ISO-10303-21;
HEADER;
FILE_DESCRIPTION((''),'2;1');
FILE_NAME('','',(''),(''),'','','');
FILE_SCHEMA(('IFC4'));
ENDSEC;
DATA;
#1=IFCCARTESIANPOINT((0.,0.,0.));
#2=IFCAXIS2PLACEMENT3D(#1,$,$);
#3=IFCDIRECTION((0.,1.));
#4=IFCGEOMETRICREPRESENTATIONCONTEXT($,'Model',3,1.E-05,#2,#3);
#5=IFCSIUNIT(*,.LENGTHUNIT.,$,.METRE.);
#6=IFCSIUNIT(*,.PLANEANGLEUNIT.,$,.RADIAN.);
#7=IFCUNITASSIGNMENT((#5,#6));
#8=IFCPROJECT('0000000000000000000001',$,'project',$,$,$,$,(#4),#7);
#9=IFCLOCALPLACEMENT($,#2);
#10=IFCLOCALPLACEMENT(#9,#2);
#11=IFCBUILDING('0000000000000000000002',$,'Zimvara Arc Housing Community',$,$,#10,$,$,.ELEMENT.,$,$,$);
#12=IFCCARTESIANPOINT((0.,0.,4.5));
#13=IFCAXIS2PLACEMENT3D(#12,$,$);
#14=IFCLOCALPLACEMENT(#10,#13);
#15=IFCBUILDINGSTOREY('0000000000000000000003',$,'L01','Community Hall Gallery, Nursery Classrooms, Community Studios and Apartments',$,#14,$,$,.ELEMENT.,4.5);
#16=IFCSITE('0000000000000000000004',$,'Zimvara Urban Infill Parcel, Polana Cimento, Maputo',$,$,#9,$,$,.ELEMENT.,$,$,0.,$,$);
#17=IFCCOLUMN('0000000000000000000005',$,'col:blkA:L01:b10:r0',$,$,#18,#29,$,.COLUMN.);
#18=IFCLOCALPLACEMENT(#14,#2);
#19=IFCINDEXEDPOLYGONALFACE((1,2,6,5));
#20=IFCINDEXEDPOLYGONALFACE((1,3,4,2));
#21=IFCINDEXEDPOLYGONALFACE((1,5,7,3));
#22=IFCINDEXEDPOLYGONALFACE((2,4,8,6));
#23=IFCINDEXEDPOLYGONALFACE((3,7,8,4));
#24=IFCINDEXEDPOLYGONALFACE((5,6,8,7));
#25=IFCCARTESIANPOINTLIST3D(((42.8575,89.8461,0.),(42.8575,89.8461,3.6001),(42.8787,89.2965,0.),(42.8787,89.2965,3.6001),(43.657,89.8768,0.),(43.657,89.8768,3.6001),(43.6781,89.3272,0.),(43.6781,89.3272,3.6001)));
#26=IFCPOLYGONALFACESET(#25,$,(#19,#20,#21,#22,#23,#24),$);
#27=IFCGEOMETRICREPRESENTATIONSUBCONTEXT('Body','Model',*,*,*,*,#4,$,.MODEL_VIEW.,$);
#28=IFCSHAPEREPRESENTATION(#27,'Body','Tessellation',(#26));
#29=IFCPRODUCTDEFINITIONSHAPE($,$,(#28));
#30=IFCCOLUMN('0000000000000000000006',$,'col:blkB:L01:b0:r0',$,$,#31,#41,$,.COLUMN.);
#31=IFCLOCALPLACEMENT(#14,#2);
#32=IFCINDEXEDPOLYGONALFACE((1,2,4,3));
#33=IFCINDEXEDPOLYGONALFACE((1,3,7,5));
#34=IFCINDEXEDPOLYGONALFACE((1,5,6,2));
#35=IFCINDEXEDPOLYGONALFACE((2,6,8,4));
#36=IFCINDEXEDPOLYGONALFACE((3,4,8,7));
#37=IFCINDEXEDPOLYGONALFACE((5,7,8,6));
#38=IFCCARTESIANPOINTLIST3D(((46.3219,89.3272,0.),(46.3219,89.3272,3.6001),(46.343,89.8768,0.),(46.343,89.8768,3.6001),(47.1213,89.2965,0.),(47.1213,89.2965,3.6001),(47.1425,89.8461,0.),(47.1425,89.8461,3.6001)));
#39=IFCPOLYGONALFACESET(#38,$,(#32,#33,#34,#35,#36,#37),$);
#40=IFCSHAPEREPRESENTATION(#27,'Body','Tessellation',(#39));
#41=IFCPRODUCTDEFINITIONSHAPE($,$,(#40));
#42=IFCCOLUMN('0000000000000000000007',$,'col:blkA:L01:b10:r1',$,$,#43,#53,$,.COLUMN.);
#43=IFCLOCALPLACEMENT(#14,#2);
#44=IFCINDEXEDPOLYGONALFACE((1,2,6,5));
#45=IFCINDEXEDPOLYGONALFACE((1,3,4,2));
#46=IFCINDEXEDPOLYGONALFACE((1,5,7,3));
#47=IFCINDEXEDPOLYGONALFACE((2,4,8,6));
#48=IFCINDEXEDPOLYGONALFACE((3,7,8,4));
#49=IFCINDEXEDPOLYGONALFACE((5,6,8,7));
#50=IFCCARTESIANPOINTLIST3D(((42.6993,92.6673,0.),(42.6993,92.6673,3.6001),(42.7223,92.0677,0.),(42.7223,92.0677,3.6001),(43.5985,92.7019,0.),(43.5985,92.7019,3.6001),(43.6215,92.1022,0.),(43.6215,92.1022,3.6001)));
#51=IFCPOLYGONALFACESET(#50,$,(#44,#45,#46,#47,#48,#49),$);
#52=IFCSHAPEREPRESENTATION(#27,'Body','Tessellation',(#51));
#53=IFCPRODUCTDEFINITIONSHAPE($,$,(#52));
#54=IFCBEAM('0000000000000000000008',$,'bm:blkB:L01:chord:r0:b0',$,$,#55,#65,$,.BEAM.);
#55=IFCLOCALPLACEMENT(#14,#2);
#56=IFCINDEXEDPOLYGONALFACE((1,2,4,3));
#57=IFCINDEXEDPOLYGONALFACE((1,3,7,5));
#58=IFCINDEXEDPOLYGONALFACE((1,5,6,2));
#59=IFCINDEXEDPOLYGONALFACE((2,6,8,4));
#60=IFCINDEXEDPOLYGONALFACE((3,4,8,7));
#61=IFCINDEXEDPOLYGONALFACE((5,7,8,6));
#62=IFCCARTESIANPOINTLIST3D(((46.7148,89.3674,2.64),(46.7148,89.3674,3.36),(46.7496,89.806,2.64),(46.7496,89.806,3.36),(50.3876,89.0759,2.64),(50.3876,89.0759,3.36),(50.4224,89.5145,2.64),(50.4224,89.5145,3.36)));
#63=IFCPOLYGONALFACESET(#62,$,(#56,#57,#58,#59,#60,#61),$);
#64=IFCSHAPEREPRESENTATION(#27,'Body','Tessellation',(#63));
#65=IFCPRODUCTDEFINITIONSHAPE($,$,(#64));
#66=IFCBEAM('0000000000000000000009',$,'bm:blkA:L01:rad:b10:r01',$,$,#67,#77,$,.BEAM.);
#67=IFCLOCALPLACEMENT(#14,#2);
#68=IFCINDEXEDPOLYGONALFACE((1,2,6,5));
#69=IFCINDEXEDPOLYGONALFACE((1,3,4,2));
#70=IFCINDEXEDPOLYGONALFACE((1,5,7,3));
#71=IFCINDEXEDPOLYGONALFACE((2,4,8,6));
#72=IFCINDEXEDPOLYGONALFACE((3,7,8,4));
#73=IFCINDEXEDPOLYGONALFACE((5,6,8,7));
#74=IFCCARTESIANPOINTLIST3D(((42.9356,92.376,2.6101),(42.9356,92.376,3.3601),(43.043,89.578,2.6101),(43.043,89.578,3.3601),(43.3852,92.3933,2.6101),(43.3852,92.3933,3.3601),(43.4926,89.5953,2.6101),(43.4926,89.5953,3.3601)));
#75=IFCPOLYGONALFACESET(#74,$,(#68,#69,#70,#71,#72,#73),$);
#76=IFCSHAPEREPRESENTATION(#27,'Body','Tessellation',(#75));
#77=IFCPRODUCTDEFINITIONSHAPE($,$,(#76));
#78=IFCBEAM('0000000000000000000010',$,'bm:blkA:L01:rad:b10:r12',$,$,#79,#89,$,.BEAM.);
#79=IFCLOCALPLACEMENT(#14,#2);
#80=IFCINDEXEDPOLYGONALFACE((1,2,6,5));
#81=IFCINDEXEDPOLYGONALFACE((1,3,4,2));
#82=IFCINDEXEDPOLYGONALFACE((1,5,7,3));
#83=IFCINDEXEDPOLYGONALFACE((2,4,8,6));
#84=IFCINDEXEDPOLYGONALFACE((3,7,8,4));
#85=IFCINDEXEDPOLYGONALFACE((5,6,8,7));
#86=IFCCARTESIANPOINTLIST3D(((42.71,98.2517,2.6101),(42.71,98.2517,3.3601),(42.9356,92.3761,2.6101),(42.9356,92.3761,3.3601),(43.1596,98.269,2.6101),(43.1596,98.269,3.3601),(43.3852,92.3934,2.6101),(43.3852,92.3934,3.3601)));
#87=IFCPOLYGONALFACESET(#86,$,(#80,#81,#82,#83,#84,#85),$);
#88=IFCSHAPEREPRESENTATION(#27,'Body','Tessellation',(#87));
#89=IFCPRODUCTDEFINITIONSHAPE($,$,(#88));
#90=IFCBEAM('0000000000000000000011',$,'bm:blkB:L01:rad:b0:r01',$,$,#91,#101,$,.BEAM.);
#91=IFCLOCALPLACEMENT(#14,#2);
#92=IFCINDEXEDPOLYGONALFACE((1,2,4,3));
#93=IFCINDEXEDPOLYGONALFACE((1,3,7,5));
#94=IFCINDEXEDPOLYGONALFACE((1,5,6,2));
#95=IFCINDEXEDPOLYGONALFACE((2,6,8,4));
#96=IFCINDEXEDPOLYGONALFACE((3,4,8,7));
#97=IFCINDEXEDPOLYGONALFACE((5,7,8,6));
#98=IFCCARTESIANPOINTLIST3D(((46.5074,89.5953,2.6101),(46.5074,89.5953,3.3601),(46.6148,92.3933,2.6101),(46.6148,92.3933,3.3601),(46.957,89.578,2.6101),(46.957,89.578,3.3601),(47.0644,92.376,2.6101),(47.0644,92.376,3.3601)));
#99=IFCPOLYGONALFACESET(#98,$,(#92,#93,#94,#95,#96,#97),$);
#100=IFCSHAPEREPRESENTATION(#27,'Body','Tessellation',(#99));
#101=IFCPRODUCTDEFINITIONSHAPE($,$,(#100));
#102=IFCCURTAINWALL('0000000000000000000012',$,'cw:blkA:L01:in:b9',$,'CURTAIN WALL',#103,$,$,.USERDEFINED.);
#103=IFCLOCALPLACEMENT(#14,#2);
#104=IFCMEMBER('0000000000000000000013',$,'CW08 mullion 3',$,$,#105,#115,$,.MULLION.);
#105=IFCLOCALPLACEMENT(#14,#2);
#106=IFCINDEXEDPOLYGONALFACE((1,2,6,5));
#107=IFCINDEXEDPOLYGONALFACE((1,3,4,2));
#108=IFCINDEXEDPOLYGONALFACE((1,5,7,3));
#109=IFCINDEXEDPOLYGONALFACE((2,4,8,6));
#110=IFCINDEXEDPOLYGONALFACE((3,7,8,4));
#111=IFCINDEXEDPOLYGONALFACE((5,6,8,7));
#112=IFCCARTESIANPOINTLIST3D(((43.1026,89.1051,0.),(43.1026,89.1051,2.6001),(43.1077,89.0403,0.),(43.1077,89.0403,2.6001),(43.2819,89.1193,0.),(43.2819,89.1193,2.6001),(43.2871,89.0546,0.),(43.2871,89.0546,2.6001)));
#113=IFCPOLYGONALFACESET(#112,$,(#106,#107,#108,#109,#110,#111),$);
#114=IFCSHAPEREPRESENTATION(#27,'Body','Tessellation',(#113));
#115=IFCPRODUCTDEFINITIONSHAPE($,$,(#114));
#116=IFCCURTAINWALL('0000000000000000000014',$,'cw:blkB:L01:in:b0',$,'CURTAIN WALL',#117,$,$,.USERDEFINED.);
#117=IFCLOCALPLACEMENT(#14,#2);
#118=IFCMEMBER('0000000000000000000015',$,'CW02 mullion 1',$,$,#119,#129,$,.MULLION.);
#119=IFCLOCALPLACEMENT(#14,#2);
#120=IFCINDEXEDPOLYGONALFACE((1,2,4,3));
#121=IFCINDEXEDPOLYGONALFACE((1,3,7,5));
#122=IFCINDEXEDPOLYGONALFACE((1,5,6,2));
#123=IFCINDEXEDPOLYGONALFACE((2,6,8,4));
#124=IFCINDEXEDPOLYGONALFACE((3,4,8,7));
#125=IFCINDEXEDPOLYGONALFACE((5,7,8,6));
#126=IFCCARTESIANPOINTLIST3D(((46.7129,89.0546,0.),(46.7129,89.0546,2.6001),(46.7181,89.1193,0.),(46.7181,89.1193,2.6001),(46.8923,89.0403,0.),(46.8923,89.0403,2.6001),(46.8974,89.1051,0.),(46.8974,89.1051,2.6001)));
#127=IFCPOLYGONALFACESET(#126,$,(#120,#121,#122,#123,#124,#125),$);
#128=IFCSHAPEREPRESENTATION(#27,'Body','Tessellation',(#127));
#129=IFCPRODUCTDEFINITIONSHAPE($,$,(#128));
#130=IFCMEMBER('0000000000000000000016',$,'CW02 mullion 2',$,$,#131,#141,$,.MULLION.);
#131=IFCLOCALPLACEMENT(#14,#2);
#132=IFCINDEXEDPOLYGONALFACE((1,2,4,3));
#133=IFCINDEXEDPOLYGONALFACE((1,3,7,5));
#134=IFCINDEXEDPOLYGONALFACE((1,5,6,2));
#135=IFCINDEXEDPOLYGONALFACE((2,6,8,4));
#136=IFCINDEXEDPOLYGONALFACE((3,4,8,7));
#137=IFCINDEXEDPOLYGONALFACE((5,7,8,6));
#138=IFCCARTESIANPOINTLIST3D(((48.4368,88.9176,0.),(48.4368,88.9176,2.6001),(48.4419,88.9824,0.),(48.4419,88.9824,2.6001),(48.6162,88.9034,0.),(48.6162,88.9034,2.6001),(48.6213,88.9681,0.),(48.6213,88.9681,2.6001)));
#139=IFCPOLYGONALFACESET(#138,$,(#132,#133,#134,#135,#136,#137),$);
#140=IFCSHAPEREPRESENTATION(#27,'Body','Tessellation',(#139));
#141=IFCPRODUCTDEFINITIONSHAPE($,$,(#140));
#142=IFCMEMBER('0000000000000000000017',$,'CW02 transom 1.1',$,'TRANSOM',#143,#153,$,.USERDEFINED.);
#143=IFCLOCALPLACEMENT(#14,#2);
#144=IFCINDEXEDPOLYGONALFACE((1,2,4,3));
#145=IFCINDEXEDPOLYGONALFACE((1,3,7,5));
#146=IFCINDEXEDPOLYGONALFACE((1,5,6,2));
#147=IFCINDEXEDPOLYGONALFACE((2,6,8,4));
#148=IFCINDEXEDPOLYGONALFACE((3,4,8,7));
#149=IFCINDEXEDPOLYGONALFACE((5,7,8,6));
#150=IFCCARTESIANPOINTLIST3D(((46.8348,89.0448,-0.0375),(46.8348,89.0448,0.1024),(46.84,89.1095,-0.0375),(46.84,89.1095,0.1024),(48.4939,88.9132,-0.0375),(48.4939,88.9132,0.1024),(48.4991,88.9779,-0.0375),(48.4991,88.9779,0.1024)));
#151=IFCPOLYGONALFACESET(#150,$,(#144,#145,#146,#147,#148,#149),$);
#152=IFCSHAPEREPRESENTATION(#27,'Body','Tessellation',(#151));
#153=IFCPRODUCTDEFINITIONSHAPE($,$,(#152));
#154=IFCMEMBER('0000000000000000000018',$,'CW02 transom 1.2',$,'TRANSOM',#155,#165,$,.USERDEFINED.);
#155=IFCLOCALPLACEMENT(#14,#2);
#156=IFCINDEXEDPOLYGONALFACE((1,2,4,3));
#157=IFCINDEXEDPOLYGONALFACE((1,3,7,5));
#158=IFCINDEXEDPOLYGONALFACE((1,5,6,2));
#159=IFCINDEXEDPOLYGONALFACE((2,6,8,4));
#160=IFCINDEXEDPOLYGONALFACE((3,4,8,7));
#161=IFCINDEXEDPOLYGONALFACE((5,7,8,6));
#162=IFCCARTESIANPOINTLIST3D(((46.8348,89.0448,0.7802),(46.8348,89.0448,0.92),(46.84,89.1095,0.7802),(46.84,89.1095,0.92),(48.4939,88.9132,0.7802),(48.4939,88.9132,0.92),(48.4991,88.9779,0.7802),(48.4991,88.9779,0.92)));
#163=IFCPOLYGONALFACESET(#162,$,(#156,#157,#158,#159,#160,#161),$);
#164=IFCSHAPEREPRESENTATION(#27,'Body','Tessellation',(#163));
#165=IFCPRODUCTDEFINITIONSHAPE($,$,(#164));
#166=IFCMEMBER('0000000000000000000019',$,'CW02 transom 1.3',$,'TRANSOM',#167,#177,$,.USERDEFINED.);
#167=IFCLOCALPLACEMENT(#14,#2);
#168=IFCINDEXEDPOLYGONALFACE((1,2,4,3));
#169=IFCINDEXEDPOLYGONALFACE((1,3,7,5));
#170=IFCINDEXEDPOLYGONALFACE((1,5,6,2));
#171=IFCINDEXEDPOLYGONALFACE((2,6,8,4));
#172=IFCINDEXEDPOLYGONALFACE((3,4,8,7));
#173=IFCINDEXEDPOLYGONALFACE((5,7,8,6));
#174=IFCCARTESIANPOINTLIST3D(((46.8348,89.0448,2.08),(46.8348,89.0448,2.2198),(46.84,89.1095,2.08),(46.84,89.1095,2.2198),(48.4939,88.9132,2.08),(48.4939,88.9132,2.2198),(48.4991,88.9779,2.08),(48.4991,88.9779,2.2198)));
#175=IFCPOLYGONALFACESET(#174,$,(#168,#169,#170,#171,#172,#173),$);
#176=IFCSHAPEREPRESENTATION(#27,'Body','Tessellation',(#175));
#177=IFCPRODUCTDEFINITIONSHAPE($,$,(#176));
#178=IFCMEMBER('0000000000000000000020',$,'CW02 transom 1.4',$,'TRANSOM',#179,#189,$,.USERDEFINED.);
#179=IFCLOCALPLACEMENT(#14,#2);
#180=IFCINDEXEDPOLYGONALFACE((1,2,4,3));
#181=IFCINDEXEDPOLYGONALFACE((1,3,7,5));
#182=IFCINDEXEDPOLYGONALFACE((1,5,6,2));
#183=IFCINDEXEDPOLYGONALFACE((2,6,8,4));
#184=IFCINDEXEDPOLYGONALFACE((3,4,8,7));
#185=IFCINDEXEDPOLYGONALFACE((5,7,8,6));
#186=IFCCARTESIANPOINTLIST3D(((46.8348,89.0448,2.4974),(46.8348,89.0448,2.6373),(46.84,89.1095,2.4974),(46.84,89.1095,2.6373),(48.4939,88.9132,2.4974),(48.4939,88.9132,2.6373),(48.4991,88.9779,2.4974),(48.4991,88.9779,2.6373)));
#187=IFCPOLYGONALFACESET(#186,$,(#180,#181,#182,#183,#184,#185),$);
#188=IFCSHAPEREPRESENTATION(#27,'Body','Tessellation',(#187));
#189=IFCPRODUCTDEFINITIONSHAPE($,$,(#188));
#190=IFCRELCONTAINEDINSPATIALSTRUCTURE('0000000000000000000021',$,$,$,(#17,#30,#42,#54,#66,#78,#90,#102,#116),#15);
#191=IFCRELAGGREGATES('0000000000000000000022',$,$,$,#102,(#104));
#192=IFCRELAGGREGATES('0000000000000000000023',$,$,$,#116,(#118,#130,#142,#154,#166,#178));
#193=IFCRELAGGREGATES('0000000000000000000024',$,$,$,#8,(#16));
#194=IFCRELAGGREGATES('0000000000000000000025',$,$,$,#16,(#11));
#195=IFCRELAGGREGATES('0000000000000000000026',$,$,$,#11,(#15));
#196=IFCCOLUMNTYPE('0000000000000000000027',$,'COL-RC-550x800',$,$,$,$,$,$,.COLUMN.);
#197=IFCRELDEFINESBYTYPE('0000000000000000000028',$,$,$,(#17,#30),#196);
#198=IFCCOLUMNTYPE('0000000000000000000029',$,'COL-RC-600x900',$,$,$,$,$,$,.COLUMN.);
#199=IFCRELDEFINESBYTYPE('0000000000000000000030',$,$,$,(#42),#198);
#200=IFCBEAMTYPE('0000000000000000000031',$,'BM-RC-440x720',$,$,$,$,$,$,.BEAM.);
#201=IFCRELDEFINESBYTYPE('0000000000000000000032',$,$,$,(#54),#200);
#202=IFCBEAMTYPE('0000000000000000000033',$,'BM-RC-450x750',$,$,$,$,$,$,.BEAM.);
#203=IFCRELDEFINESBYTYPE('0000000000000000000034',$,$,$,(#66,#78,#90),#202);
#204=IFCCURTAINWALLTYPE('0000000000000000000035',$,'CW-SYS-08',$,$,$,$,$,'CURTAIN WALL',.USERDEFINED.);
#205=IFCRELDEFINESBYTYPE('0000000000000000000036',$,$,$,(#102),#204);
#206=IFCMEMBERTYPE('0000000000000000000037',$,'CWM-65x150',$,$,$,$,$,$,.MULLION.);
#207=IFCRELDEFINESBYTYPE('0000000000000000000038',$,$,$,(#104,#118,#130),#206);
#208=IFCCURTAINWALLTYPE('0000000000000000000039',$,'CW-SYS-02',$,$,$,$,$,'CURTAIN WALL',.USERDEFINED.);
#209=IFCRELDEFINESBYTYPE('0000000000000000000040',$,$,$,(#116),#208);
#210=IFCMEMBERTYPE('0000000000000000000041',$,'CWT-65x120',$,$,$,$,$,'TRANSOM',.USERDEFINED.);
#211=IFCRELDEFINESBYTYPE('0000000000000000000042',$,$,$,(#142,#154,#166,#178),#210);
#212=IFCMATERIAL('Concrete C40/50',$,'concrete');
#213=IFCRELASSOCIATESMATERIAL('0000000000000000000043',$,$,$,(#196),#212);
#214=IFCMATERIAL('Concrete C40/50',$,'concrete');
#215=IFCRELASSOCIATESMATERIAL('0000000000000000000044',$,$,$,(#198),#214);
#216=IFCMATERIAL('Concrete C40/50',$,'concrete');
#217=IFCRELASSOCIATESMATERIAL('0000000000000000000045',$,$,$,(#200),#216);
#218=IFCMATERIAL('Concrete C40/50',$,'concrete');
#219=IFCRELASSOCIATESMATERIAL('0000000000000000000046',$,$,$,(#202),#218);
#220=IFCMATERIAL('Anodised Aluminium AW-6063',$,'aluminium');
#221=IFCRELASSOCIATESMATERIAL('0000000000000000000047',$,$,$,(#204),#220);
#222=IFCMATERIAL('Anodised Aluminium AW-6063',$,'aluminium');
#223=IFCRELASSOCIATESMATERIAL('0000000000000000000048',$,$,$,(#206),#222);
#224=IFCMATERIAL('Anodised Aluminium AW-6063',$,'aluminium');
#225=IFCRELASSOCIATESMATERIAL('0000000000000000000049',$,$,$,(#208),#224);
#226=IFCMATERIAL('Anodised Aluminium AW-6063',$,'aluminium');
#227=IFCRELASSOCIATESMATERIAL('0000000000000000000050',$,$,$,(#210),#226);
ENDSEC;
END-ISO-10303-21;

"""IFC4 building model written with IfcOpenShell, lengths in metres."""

from ifc_helpers import new_model, si_unit, direction, frame, origin, origin_2d, place, context, subcontext, project, spatial, rectangle, extrude, material, material_profile, profile_set, type_object, element, aggregate, save


model = new_model("IFC4")

# Units and contexts
model_context = context("Model", 3, precision=1e-05, world=origin(), true_north=direction((0.0, 1.0)))
body_context = subcontext(model_context, "Body", "Model", "MODEL_VIEW")
ifc_project = project(units=[si_unit("LENGTHUNIT", "METRE"), si_unit("PLANEANGLEUNIT", "RADIAN")], contexts=[model_context])

# Site, building, storey
site_placement = place(None, origin())
site = spatial("IfcSite", under=ifc_project, at=site_placement, Name="Zimvara Urban Infill Parcel, Polana Cimento, Maputo", CompositionType="ELEMENT", RefElevation=0.0)
building_placement = place(site_placement, origin())
building = spatial("IfcBuilding", under=site, at=building_placement, Name="Zimvara Arc Housing Community", CompositionType="ELEMENT")
storey_placement = place(building_placement, frame((0.0, 0.0, 4.5)))
storey = spatial("IfcBuildingStorey", under=building, at=storey_placement, Name="L01", Description="Community Hall Gallery, Nursery Classrooms, Community Studios and Apartments", CompositionType="ELEMENT", Elevation=4.5)

# Columns
ifc_material_1 = material(Name="Concrete C40/50", Category="concrete")
ifc_material_profile_1 = material_profile(ifc_material_1, rectangle(XDim=0.55, YDim=0.8, at=origin_2d()), Name="RC 550x800")
ifc_profile_set_1 = profile_set([ifc_material_profile_1], Name="Concrete C40/50")
column_type_1 = type_object("IfcColumnType", Name="COL-RC-550x800", PredefinedType="COLUMN", material=ifc_profile_set_1)
for number, where, z_axis, x_axis, name in (
    (1, (43.2678, 89.5867, 0.0), (0.0, 0.0, 1.0), (-0.038388, 0.999263, 0.0), "col:blkA:L01:b10:r0"),
    (2, (46.7322, 89.5867, 0.0), (0.0, 0.0, 1.0), (0.038388, 0.999263, 0.0), "col:blkB:L01:b0:r0"),
):
    element("IfcColumn", number, at=place(storey_placement, frame(where, z_axis=z_axis, x_axis=x_axis)), inside=storey, type_object=column_type_1, Name=name, PredefinedType="COLUMN", context=body_context, shape_type="SweptSolid", body=[
        extrude(rectangle(XDim=0.55, YDim=0.8, at=origin_2d()), origin(), (0.0, 0.0, 1.0), 3.6001),
    ])
ifc_material_2 = material(Name="Concrete C40/50", Category="concrete")
ifc_material_profile_2 = material_profile(ifc_material_2, rectangle(XDim=0.6001, YDim=0.8999, at=origin_2d()), Name="RC 600x900")
ifc_profile_set_2 = profile_set([ifc_material_profile_2], Name="Concrete C40/50")
column_type_2 = type_object("IfcColumnType", Name="COL-RC-600x900", PredefinedType="COLUMN", material=ifc_profile_set_2)
column_placement = place(storey_placement, frame((43.1604, 92.3848, 0.0), z_axis=(0.0, 0.0, 1.0), x_axis=(-0.038388, 0.999263, 0.0)))
element("IfcColumn", 3, at=column_placement, inside=storey, type_object=column_type_2, Name="col:blkA:L01:b10:r1", PredefinedType="COLUMN", context=body_context, shape_type="SweptSolid", body=[
    extrude(rectangle(XDim=0.6001, YDim=0.8999, at=origin_2d()), origin(), (0.0, 0.0, 1.0), 3.6001),
])

# Beams
ifc_material_3 = material(Name="Concrete C40/50", Category="concrete")
ifc_material_profile_3 = material_profile(ifc_material_3, rectangle(XDim=0.4399, YDim=0.72, at=origin_2d()), Name="RC 440x720")
ifc_profile_set_3 = profile_set([ifc_material_profile_3], Name="Concrete C40/50")
beam_type_1 = type_object("IfcBeamType", Name="BM-RC-440x720", PredefinedType="BEAM", material=ifc_profile_set_3)
beam_1_placement = place(storey_placement, frame((46.7322, 89.5867, 3.0), z_axis=(0.996865, -0.079118, 0.0), x_axis=(0.079118, 0.996865, 0.0)))
element("IfcBeam", 4, at=beam_1_placement, inside=storey, type_object=beam_type_1, Name="bm:blkB:L01:chord:r0:b0", PredefinedType="BEAM", context=body_context, shape_type="SweptSolid", body=[
    extrude(rectangle(XDim=0.4399, YDim=0.72, at=origin_2d()), origin(), (0.0, 0.0, 1.0), 3.6843),
])
ifc_material_4 = material(Name="Concrete C40/50", Category="concrete")
ifc_material_profile_4 = material_profile(ifc_material_4, rectangle(XDim=0.45, YDim=0.75, at=origin_2d()), Name="RC 450x750")
ifc_profile_set_4 = profile_set([ifc_material_profile_4], Name="Concrete C40/50")
beam_type_2 = type_object("IfcBeamType", Name="BM-RC-450x750", PredefinedType="BEAM", material=ifc_profile_set_4)
beam_2_placement = place(storey_placement, frame((43.2678, 89.5867, 2.9851), z_axis=(-0.038363, 0.999264, 0.0), x_axis=(-0.999264, -0.038363, 0.0)))
element("IfcBeam", 5, at=beam_2_placement, inside=storey, type_object=beam_type_2, Name="bm:blkA:L01:rad:b10:r01", PredefinedType="BEAM", context=body_context, shape_type="SweptSolid", body=[
    extrude(rectangle(XDim=0.45, YDim=0.75, at=origin_2d()), origin(), (0.0, 0.0, 1.0), 2.8),
])
beam_3_placement = place(storey_placement, frame((43.1604, 92.3848, 2.9851), z_axis=(-0.038366, 0.999264, 0.0), x_axis=(-0.999264, -0.038366, 0.0)))
element("IfcBeam", 6, at=beam_3_placement, inside=storey, type_object=beam_type_2, Name="bm:blkA:L01:rad:b10:r12", PredefinedType="BEAM", context=body_context, shape_type="SweptSolid", body=[
    extrude(rectangle(XDim=0.45, YDim=0.75, at=origin_2d()), origin(), (0.0, 0.0, 1.0), 5.8799),
])
beam_4_placement = place(storey_placement, frame((46.7322, 89.5867, 2.9851), z_axis=(0.038363, 0.999264, 0.0), x_axis=(-0.999264, 0.038363, 0.0)))
element("IfcBeam", 7, at=beam_4_placement, inside=storey, type_object=beam_type_2, Name="bm:blkB:L01:rad:b0:r01", PredefinedType="BEAM", context=body_context, shape_type="SweptSolid", body=[
    extrude(rectangle(XDim=0.45, YDim=0.75, at=origin_2d()), origin(), (0.0, 0.0, 1.0), 2.8),
])

# Curtain wall, member
ifc_material_5 = material(Name="Anodised Aluminium AW-6063", Category="aluminium")
curtain_wall_type_1 = type_object("IfcCurtainWallType", Name="CW-SYS-08", ElementType="CURTAIN WALL", PredefinedType="USERDEFINED", material=ifc_material_5)
curtain_wall_1_placement = place(storey_placement, origin())
curtain_wall_1 = element("IfcCurtainWall", 8, at=curtain_wall_1_placement, inside=storey, type_object=curtain_wall_type_1, Name="cw:blkA:L01:in:b9", ObjectType="CURTAIN WALL", PredefinedType="USERDEFINED")
ifc_material_6 = material(Name="Anodised Aluminium AW-6063", Category="aluminium")
ifc_material_profile_5 = material_profile(ifc_material_6, rectangle(XDim=0.0649, YDim=0.1799, at=origin_2d()), Name="ALU 65x180")
ifc_profile_set_5 = profile_set([ifc_material_profile_5], Name="Anodised Aluminium AW-6063")
member_type_1 = type_object("IfcMemberType", Name="CWM-65x150", PredefinedType="MULLION", material=ifc_profile_set_5)
member_1_placement = place(storey_placement, frame((43.1948, 89.0798, 0.0), z_axis=(0.0, 0.0, 1.0), x_axis=(-0.079155, 0.996862, 0.0)))
member_1 = element("IfcMember", 9, at=member_1_placement, type_object=member_type_1, Name="CW08 mullion 3", PredefinedType="MULLION", context=body_context, shape_type="SweptSolid", body=[
    extrude(rectangle(XDim=0.0649, YDim=0.1799, at=origin_2d()), origin(), (0.0, 0.0, 1.0), 2.6001),
])
aggregate(curtain_wall_1, [member_1])

# Curtain wall, members
ifc_material_7 = material(Name="Anodised Aluminium AW-6063", Category="aluminium")
curtain_wall_type_2 = type_object("IfcCurtainWallType", Name="CW-SYS-02", ElementType="CURTAIN WALL", PredefinedType="USERDEFINED", material=ifc_material_7)
curtain_wall_2_placement = place(storey_placement, origin())
curtain_wall_2 = element("IfcCurtainWall", 10, at=curtain_wall_2_placement, inside=storey, type_object=curtain_wall_type_2, Name="cw:blkB:L01:in:b0", ObjectType="CURTAIN WALL", PredefinedType="USERDEFINED")
member_2_placement = place(storey_placement, frame((46.8052, 89.0798, 0.0), z_axis=(0.0, 0.0, 1.0), x_axis=(0.079155, 0.996862, 0.0)))
member_2 = element("IfcMember", 11, at=member_2_placement, type_object=member_type_1, Name="CW02 mullion 1", PredefinedType="MULLION", context=body_context, shape_type="SweptSolid", body=[
    extrude(rectangle(XDim=0.0649, YDim=0.1799, at=origin_2d()), origin(), (0.0, 0.0, 1.0), 2.6001),
])
member_3_placement = place(storey_placement, frame((48.5291, 88.9429, 0.0), z_axis=(0.0, 0.0, 1.0), x_axis=(0.079155, 0.996862, 0.0)))
member_3 = element("IfcMember", 12, at=member_3_placement, type_object=member_type_1, Name="CW02 mullion 2", PredefinedType="MULLION", context=body_context, shape_type="SweptSolid", body=[
    extrude(rectangle(XDim=0.0649, YDim=0.1799, at=origin_2d()), origin(), (0.0, 0.0, 1.0), 2.6001),
])
ifc_material_8 = material(Name="Anodised Aluminium AW-6063", Category="aluminium")
ifc_material_profile_6 = material_profile(ifc_material_8, rectangle(XDim=0.0649, YDim=0.1399, at=origin_2d()), Name="ALU 65x140")
ifc_profile_set_6 = profile_set([ifc_material_profile_6], Name="Anodised Aluminium AW-6063")
member_type_2 = type_object("IfcMemberType", Name="CWT-65x120", ElementType="TRANSOM", PredefinedType="USERDEFINED", material=ifc_profile_set_6)
member_4_placement = place(storey_placement, frame((46.8374, 89.0771, 0.0325), z_axis=(0.99687, -0.079063, 0.0), x_axis=(0.079063, 0.99687, 0.0)))
member_4 = element("IfcMember", 13, at=member_4_placement, type_object=member_type_2, Name="CW02 transom 1.1", ObjectType="TRANSOM", PredefinedType="USERDEFINED", context=body_context, shape_type="SweptSolid", body=[
    extrude(rectangle(XDim=0.0649, YDim=0.1399, at=origin_2d()), origin(), (0.0, 0.0, 1.0), 1.6643),
])
member_5_placement = place(storey_placement, frame((46.8374, 89.0771, 0.8501), z_axis=(0.99687, -0.079063, 0.0), x_axis=(0.079063, 0.99687, 0.0)))
member_5 = element("IfcMember", 14, at=member_5_placement, type_object=member_type_2, Name="CW02 transom 1.2", ObjectType="TRANSOM", PredefinedType="USERDEFINED", context=body_context, shape_type="SweptSolid", body=[
    extrude(rectangle(XDim=0.0649, YDim=0.1399, at=origin_2d()), origin(), (0.0, 0.0, 1.0), 1.6643),
])
member_6_placement = place(storey_placement, frame((46.8374, 89.0771, 2.1499), z_axis=(0.99687, -0.079063, 0.0), x_axis=(0.079063, 0.99687, 0.0)))
member_6 = element("IfcMember", 15, at=member_6_placement, type_object=member_type_2, Name="CW02 transom 1.3", ObjectType="TRANSOM", PredefinedType="USERDEFINED", context=body_context, shape_type="SweptSolid", body=[
    extrude(rectangle(XDim=0.0649, YDim=0.1399, at=origin_2d()), origin(), (0.0, 0.0, 1.0), 1.6643),
])
member_7_placement = place(storey_placement, frame((46.8374, 89.0771, 2.5674), z_axis=(0.99687, -0.079063, 0.0), x_axis=(0.079063, 0.99687, 0.0)))
member_7 = element("IfcMember", 16, at=member_7_placement, type_object=member_type_2, Name="CW02 transom 1.4", ObjectType="TRANSOM", PredefinedType="USERDEFINED", context=body_context, shape_type="SweptSolid", body=[
    extrude(rectangle(XDim=0.0649, YDim=0.1399, at=origin_2d()), origin(), (0.0, 0.0, 1.0), 1.6643),
])
aggregate(curtain_wall_2, [member_2, member_3, member_4, member_5, member_6, member_7])

save(model, "model.ifc")
